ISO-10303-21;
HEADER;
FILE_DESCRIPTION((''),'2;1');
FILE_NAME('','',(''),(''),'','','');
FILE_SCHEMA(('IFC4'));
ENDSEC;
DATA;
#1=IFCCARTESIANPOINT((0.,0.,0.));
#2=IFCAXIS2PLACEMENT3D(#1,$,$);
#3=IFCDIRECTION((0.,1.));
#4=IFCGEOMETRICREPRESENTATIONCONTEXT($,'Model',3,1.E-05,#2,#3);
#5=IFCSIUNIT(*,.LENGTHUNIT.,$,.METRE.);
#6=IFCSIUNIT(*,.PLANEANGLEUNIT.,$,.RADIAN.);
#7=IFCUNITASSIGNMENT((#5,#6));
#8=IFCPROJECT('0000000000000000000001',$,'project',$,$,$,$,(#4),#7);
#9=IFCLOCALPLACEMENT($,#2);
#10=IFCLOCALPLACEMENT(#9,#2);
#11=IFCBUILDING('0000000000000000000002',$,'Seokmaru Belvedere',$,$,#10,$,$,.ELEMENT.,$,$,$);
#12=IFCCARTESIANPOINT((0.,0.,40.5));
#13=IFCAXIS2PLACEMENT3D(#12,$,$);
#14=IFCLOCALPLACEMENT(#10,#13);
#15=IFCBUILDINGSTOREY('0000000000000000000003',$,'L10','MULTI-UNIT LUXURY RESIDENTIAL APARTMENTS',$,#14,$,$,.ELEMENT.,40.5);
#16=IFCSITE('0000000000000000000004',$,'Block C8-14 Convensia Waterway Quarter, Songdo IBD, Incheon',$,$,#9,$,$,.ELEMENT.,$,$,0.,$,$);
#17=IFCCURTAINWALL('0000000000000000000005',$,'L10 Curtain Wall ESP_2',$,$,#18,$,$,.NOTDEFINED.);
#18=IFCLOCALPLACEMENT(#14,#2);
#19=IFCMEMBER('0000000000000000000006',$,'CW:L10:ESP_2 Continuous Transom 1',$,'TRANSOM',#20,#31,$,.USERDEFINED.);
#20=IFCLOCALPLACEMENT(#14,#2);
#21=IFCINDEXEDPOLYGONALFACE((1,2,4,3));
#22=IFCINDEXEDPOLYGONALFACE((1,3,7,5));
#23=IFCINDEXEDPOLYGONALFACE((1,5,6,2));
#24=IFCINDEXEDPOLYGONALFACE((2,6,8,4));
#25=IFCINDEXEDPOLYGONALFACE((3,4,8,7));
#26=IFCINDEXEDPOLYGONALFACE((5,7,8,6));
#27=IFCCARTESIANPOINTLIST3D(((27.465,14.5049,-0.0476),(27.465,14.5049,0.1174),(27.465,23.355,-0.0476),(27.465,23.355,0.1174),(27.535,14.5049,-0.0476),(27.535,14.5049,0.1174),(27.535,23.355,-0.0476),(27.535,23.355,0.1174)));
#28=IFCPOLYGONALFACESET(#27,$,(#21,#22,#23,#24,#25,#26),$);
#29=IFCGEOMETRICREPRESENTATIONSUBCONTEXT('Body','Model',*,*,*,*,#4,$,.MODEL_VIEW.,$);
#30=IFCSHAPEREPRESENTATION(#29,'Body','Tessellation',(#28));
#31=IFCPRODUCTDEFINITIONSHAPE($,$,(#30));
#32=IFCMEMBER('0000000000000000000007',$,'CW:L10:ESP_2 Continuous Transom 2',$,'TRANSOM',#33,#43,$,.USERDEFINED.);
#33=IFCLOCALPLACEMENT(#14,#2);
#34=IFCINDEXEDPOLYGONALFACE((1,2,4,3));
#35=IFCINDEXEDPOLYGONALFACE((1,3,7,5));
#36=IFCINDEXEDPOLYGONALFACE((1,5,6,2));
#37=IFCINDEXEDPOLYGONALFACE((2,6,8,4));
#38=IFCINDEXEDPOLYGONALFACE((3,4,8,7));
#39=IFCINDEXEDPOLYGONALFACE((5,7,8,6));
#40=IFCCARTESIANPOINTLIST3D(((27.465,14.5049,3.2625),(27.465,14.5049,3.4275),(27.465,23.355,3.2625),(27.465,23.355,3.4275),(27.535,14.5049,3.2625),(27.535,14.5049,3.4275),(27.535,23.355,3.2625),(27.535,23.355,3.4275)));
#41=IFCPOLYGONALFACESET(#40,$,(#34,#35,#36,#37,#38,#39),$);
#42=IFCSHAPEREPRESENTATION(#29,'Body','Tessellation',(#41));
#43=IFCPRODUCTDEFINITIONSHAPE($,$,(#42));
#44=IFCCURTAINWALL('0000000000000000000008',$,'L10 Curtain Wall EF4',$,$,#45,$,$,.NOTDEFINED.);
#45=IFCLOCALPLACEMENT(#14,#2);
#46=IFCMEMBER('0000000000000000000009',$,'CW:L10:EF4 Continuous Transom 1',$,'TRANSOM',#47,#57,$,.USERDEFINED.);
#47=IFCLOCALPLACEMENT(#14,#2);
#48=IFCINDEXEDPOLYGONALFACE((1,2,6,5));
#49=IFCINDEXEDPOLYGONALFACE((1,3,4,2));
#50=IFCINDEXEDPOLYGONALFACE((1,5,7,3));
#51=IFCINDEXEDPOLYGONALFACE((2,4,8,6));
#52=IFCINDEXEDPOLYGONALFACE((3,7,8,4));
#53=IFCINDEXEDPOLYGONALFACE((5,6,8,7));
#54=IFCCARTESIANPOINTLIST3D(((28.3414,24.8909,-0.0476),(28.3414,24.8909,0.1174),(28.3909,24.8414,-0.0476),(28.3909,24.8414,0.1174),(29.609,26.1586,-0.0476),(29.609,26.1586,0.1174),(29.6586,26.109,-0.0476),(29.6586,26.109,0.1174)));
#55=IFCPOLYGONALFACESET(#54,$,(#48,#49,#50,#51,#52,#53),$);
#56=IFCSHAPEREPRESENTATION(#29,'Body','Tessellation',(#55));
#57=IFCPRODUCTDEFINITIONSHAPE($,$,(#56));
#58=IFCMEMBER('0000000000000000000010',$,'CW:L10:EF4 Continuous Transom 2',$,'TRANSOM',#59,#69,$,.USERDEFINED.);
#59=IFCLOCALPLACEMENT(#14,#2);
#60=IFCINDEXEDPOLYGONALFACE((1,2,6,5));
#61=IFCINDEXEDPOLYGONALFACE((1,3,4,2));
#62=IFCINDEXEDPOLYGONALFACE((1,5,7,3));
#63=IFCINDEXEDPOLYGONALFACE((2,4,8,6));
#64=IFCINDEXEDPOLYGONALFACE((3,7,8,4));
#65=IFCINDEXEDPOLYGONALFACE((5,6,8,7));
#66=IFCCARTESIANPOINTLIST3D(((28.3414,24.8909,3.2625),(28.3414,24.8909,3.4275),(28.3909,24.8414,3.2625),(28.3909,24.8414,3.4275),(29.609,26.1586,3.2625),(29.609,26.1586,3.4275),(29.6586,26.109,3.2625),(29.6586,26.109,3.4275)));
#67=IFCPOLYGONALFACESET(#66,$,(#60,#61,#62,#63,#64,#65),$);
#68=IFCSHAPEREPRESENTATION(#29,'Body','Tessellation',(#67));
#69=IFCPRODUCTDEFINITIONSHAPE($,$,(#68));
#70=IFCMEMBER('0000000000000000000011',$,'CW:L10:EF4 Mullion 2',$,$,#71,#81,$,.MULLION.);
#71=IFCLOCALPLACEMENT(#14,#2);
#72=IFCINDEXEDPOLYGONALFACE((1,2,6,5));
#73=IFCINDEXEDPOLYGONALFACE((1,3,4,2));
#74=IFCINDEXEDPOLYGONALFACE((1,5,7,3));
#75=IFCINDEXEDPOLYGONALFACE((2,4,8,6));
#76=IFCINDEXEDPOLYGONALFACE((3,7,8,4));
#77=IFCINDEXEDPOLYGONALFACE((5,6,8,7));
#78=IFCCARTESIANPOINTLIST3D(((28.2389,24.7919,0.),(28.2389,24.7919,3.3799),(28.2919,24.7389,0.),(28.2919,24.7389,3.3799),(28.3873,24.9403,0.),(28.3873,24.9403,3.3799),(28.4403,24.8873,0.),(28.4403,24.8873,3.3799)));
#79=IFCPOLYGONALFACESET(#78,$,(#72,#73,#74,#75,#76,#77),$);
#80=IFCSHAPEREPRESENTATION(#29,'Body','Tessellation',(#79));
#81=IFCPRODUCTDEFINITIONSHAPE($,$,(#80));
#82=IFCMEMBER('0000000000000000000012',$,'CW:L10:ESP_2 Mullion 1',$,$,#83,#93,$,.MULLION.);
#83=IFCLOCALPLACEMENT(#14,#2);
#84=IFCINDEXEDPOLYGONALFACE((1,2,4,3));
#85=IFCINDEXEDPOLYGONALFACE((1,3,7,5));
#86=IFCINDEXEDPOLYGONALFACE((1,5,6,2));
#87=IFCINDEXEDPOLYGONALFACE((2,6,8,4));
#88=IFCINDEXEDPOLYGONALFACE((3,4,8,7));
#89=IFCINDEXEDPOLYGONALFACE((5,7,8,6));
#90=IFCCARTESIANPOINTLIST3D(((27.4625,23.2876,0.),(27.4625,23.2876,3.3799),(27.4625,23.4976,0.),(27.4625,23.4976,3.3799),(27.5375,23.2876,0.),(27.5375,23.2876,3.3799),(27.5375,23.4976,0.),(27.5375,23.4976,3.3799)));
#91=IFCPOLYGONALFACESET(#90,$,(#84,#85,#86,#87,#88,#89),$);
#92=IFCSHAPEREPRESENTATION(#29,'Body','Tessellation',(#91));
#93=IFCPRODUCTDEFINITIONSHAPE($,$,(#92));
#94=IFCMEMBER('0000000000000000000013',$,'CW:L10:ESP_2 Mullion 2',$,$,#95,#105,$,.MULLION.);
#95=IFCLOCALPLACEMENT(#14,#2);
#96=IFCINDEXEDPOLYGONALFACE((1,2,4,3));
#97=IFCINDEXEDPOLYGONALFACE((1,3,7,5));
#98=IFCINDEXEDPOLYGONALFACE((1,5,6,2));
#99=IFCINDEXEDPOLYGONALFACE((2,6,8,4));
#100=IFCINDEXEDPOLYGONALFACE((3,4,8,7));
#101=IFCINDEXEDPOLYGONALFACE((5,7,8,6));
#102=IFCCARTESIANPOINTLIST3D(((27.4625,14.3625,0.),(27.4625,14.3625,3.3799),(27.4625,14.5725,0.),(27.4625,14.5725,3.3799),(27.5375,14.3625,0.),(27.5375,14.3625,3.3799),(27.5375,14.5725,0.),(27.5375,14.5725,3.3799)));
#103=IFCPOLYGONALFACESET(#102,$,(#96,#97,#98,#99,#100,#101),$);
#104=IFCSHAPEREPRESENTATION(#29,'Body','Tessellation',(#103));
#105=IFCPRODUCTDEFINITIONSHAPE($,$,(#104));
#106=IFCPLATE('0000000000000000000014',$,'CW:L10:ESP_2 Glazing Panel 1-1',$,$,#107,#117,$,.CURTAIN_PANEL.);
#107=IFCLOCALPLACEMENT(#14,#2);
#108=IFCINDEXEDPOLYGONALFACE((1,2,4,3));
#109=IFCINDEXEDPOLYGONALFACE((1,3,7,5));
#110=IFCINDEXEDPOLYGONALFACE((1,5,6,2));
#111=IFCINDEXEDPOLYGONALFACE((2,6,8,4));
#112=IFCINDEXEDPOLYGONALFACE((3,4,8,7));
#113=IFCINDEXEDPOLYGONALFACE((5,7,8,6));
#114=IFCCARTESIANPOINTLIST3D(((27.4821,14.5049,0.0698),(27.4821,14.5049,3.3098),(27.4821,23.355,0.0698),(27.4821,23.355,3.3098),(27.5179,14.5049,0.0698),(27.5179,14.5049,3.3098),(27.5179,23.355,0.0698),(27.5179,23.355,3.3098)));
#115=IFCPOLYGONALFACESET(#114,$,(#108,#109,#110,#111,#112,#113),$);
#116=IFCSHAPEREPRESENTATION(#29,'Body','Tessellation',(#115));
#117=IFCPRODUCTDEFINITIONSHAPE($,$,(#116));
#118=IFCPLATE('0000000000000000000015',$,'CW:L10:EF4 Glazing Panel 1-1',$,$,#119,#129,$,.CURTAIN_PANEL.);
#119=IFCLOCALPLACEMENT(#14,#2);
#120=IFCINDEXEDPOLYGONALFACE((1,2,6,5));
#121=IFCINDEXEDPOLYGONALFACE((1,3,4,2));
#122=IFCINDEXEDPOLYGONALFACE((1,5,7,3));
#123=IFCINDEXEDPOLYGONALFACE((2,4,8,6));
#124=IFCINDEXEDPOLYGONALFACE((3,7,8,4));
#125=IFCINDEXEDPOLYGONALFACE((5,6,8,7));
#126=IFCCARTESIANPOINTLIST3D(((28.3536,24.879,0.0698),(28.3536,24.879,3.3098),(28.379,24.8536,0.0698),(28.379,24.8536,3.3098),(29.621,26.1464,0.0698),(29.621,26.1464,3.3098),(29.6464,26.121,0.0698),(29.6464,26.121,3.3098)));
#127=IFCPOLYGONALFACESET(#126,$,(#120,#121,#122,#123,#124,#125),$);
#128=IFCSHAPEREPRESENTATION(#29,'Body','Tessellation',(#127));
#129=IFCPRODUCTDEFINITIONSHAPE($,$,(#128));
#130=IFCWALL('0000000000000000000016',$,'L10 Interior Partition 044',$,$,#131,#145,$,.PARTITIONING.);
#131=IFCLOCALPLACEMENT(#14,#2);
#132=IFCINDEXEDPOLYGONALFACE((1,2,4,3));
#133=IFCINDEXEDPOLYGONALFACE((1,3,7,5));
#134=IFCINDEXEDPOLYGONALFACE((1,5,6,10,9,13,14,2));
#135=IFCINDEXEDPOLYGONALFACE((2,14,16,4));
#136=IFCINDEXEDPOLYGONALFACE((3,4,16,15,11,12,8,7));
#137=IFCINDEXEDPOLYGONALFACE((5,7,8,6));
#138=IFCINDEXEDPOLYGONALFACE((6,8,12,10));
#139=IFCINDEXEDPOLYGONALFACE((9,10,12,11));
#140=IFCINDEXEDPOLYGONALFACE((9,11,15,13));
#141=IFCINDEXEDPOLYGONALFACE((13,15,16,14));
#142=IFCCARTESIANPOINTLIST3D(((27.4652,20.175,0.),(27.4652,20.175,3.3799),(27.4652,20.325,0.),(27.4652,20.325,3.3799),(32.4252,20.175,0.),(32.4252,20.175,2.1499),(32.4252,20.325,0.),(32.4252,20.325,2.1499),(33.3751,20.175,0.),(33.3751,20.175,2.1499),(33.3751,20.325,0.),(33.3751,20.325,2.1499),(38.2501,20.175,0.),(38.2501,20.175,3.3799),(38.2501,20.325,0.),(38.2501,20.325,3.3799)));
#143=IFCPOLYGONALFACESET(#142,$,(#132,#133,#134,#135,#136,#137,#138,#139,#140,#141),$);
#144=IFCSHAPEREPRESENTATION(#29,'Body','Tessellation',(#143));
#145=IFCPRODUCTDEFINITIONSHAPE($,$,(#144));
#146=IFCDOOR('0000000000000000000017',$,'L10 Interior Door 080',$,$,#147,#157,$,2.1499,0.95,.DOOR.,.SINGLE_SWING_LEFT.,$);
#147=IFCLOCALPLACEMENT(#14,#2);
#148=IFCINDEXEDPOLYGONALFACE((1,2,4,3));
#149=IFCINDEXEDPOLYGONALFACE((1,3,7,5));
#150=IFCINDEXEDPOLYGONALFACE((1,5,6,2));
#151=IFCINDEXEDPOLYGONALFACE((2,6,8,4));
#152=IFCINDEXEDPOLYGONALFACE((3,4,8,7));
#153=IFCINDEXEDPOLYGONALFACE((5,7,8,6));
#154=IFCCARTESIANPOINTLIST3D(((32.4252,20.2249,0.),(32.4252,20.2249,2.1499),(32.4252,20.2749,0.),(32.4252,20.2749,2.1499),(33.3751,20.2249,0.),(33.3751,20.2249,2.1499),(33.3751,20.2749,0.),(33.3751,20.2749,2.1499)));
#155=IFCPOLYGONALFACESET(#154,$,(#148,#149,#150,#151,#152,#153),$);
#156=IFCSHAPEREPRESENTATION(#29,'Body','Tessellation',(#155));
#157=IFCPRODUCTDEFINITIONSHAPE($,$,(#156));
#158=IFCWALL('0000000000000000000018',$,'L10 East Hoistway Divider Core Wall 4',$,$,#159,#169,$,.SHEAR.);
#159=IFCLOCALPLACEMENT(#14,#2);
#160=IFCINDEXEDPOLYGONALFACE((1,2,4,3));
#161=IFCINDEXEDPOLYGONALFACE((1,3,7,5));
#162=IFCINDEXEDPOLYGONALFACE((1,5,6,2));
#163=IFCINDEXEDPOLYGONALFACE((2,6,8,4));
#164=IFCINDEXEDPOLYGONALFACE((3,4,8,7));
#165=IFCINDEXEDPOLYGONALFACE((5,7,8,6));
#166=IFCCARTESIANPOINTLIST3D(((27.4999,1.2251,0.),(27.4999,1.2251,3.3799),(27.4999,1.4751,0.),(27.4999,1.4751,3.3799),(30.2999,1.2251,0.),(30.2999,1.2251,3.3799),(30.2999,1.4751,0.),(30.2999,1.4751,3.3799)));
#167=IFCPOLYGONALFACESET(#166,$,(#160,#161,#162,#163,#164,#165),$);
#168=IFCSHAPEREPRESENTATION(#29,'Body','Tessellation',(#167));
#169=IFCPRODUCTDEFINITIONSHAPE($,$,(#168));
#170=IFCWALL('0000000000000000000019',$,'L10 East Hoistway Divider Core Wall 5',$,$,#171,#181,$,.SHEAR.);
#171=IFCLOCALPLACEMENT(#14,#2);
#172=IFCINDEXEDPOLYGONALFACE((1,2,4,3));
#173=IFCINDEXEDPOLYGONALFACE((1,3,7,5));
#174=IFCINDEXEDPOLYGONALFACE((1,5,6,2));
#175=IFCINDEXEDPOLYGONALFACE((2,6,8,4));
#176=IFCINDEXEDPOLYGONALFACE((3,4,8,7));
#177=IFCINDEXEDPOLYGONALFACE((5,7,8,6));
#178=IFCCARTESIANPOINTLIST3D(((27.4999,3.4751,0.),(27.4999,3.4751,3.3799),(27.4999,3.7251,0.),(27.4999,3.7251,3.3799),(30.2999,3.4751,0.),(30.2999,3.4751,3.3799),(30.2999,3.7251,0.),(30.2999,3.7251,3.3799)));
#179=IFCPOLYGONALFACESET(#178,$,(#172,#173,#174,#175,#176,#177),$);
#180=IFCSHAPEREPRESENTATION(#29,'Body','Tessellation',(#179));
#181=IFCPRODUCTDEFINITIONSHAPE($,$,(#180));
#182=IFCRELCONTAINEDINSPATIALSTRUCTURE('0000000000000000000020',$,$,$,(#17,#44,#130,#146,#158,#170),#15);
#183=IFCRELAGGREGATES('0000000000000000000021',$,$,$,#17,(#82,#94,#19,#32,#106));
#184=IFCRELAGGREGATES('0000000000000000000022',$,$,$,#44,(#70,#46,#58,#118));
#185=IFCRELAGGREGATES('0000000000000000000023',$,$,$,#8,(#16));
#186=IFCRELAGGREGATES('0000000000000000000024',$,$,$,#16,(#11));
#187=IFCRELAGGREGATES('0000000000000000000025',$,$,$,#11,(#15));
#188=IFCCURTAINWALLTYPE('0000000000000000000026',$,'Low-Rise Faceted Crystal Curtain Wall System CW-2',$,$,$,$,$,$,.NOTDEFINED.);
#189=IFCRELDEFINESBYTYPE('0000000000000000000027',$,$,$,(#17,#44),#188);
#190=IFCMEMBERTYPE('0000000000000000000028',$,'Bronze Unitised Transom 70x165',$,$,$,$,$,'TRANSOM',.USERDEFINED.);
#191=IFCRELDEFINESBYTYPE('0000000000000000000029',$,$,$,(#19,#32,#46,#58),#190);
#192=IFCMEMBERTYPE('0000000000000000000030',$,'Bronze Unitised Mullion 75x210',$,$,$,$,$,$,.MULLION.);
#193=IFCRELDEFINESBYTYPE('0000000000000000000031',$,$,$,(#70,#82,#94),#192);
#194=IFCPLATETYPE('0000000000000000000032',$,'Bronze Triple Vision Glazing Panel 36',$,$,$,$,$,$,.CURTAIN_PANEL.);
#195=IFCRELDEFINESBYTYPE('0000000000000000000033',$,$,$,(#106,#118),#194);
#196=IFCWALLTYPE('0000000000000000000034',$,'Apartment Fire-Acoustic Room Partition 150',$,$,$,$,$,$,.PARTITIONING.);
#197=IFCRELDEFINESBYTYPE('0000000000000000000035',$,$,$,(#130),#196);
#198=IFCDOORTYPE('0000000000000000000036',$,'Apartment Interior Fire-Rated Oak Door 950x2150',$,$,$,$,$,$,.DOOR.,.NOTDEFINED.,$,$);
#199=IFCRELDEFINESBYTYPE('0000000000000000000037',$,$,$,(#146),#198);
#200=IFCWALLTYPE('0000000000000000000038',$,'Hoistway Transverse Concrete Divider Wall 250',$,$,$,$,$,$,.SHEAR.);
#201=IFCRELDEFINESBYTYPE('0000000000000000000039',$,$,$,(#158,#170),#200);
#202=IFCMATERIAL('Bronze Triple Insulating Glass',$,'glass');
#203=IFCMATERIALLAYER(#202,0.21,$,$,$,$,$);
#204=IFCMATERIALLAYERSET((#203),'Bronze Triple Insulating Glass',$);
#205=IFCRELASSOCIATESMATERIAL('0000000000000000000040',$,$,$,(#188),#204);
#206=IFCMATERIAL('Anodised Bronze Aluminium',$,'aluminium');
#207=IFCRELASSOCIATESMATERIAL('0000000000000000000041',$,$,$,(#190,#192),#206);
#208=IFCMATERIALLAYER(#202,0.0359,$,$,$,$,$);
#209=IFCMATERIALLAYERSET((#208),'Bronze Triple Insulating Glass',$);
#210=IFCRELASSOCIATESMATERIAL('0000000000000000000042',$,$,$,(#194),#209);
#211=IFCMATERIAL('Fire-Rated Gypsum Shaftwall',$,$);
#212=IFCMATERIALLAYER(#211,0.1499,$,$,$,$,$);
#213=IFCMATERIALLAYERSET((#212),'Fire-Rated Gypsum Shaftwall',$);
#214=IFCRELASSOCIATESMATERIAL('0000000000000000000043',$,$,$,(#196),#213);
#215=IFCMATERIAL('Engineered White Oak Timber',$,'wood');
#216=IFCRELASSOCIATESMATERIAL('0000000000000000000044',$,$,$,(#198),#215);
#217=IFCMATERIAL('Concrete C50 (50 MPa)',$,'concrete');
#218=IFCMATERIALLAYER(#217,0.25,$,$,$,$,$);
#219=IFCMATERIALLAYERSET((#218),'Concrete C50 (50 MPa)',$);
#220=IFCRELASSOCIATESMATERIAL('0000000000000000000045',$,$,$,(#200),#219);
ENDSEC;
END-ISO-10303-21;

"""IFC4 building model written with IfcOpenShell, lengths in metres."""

from ifc_helpers import new_model, si_unit, direction, frame, frame_2d, origin, origin_2d, place, context, subcontext, project, spatial, rectangle, extrude, source, transform, mapped, material, layer, layer_set, material_profile, profile_set, type_object, type_shapes, element, fill, aggregate, save


model = new_model("IFC4")

# Units and contexts
model_context = context("Model", 3, precision=1e-05, world=origin(), true_north=direction((0.0, 1.0)))
body_context = subcontext(model_context, "Body", "Model", "MODEL_VIEW")
ifc_project = project(units=[si_unit("LENGTHUNIT", "METRE"), si_unit("PLANEANGLEUNIT", "RADIAN")], contexts=[model_context])

# Site, building, storey
site_placement = place(None, origin())
site = spatial("IfcSite", under=ifc_project, at=site_placement, Name="Block C8-14 Convensia Waterway Quarter, Songdo IBD, Incheon", CompositionType="ELEMENT", RefElevation=0.0)
building_placement = place(site_placement, origin())
building = spatial("IfcBuilding", under=site, at=building_placement, Name="Seokmaru Belvedere", CompositionType="ELEMENT")
storey_placement = place(building_placement, frame((0.0, 0.0, 40.5)))
storey = spatial("IfcBuildingStorey", under=building, at=storey_placement, Name="L10", Description="MULTI-UNIT LUXURY RESIDENTIAL APARTMENTS", CompositionType="ELEMENT", Elevation=40.5)

# Curtain walls, members
ifc_material_1 = material(Name="Bronze Triple Insulating Glass", Category="glass")
ifc_layer_1 = layer(ifc_material_1, 0.21)
ifc_layer_set_1 = layer_set([ifc_layer_1], Name="Bronze Triple Insulating Glass")
curtain_wall_type = type_object("IfcCurtainWallType", Name="Low-Rise Faceted Crystal Curtain Wall System CW-2", PredefinedType="NOTDEFINED", material=ifc_layer_set_1)
curtain_wall_1_placement = place(storey_placement, origin())
curtain_wall_1 = element("IfcCurtainWall", 1, at=curtain_wall_1_placement, inside=storey, type_object=curtain_wall_type, Name="L10 Curtain Wall ESP_2", PredefinedType="NOTDEFINED")
ifc_material_2 = material(Name="Anodised Bronze Aluminium", Category="aluminium")
ifc_material_profile_1 = material_profile(ifc_material_2, rectangle(XDim=0.0701, YDim=0.165, at=origin_2d()), Name="CW-T-70x165")
ifc_profile_set_1 = profile_set([ifc_material_profile_1], Name="Anodised Bronze Aluminium")
member_type_1 = type_object("IfcMemberType", Name="Bronze Unitised Transom 70x165", ElementType="TRANSOM", PredefinedType="USERDEFINED", material=ifc_profile_set_1)
shared_shape_1 = source(origin(), body_context, "Body", "SweptSolid", [
    extrude(rectangle(XDim=0.0701, YDim=0.165, at=origin_2d()), origin(), (0.0, 0.0, 1.0), 8.8501),
])
member_1_placement = place(storey_placement, frame((27.5, 23.355, 0.0349), z_axis=(0.0, -1.0, 0.0), x_axis=(1.0, 0.0, 0.0)))
member_1 = element("IfcMember", 2, at=member_1_placement, type_object=member_type_1, Name="CW:L10:ESP_2 Continuous Transom 1", ObjectType="TRANSOM", PredefinedType="USERDEFINED", context=body_context, shape_type="MappedRepresentation", body=[
    mapped(shared_shape_1, transform((0.0, 0.0, 0.0), scale=1.0)),
])
member_2_placement = place(storey_placement, frame((27.5, 23.355, 3.345), z_axis=(0.0, -1.0, 0.0), x_axis=(1.0, 0.0, 0.0)))
member_2 = element("IfcMember", 3, at=member_2_placement, type_object=member_type_1, Name="CW:L10:ESP_2 Continuous Transom 2", ObjectType="TRANSOM", PredefinedType="USERDEFINED", context=body_context, shape_type="MappedRepresentation", body=[
    mapped(shared_shape_1, transform((0.0, 0.0, 0.0), scale=1.0)),
])
curtain_wall_2_placement = place(storey_placement, origin())
curtain_wall_2 = element("IfcCurtainWall", 4, at=curtain_wall_2_placement, inside=storey, type_object=curtain_wall_type, Name="L10 Curtain Wall EF4", PredefinedType="NOTDEFINED")
shared_shape_2 = source(origin(), body_context, "Body", "SweptSolid", [
    extrude(rectangle(XDim=0.0701, YDim=0.165, at=origin_2d()), origin(), (0.0, 0.0, 1.0), 1.7927),
])
type_shapes(member_type_1, [shared_shape_1, shared_shape_2])
member_3_placement = place(storey_placement, frame((29.6338, 26.1338, 0.0349), z_axis=(-0.707107, -0.707107, 0.0), x_axis=(0.707107, -0.707107, 0.0)))
member_3 = element("IfcMember", 5, at=member_3_placement, type_object=member_type_1, Name="CW:L10:EF4 Continuous Transom 1", ObjectType="TRANSOM", PredefinedType="USERDEFINED", context=body_context, shape_type="MappedRepresentation", body=[
    mapped(shared_shape_2, transform((0.0, 0.0, 0.0), scale=1.0)),
])
member_4_placement = place(storey_placement, frame((29.6338, 26.1338, 3.345), z_axis=(-0.707107, -0.707107, 0.0), x_axis=(0.707107, -0.707107, 0.0)))
member_4 = element("IfcMember", 6, at=member_4_placement, type_object=member_type_1, Name="CW:L10:EF4 Continuous Transom 2", ObjectType="TRANSOM", PredefinedType="USERDEFINED", context=body_context, shape_type="MappedRepresentation", body=[
    mapped(shared_shape_2, transform((0.0, 0.0, 0.0), scale=1.0)),
])
ifc_material_profile_2 = material_profile(ifc_material_2, rectangle(XDim=0.075, YDim=0.21, at=origin_2d()), Name="CW-M-75x210")
ifc_profile_set_2 = profile_set([ifc_material_profile_2], Name="Anodised Bronze Aluminium")
member_type_2 = type_object("IfcMemberType", Name="Bronze Unitised Mullion 75x210", PredefinedType="MULLION", material=ifc_profile_set_2)
shared_shape_3 = source(origin(), body_context, "Body", "SweptSolid", [
    extrude(rectangle(XDim=0.075, YDim=0.21, at=origin_2d()), origin(), (0.0, 0.0, 1.0), 3.3799),
])
type_shapes(member_type_2, [shared_shape_3])
member_5_placement = place(storey_placement, frame((28.3396, 24.8396, 0.0), z_axis=(0.0, 0.0, 1.0), x_axis=(0.707107, -0.707107, 0.0)))
member_5 = element("IfcMember", 7, at=member_5_placement, type_object=member_type_2, Name="CW:L10:EF4 Mullion 2", PredefinedType="MULLION", context=body_context, shape_type="MappedRepresentation", body=[
    mapped(shared_shape_3, transform((0.0, 0.0, 0.0), scale=1.0)),
])

# Members
member_6_placement = place(storey_placement, frame((27.5, 23.3926, 0.0), z_axis=(0.0, 0.0, 1.0), x_axis=(1.0, 0.0, 0.0)))
member_6 = element("IfcMember", 8, at=member_6_placement, type_object=member_type_2, Name="CW:L10:ESP_2 Mullion 1", PredefinedType="MULLION", context=body_context, shape_type="MappedRepresentation", body=[
    mapped(shared_shape_3, transform((0.0, 0.0, 0.0), scale=1.0)),
])
member_7_placement = place(storey_placement, frame((27.5, 14.4675, 0.0), z_axis=(0.0, 0.0, 1.0), x_axis=(1.0, 0.0, 0.0)))
member_7 = element("IfcMember", 9, at=member_7_placement, type_object=member_type_2, Name="CW:L10:ESP_2 Mullion 2", PredefinedType="MULLION", context=body_context, shape_type="MappedRepresentation", body=[
    mapped(shared_shape_3, transform((0.0, 0.0, 0.0), scale=1.0)),
])

# Plates
ifc_layer_2 = layer(ifc_material_1, 0.0359)
ifc_layer_set_2 = layer_set([ifc_layer_2], Name="Bronze Triple Insulating Glass")
plate_type = type_object("IfcPlateType", Name="Bronze Triple Vision Glazing Panel 36", PredefinedType="CURTAIN_PANEL", material=ifc_layer_set_2)
shared_shape_4 = source(origin(), body_context, "Body", "SweptSolid", [
    extrude(rectangle(XDim=8.8501, YDim=0.0359, at=origin_2d()), origin(), (0.0, 0.0, 1.0), 3.24),
])
plate_1_placement = place(storey_placement, frame((27.5, 18.9299, 0.0698), z_axis=(0.0, 0.0, 1.0), x_axis=(0.0, -1.0, 0.0)))
plate_1 = element("IfcPlate", 10, at=plate_1_placement, type_object=plate_type, Name="CW:L10:ESP_2 Glazing Panel 1-1", PredefinedType="CURTAIN_PANEL", context=body_context, shape_type="MappedRepresentation", body=[
    mapped(shared_shape_4, transform((0.0, 0.0, 0.0), scale=1.0)),
])
aggregate(curtain_wall_1, [member_6, member_7, member_1, member_2, plate_1])
shared_shape_5 = source(origin(), body_context, "Body", "SweptSolid", [
    extrude(rectangle(XDim=1.7925, YDim=0.0359, at=origin_2d()), origin(), (0.0, 0.0, 1.0), 3.24),
])
type_shapes(plate_type, [shared_shape_4, shared_shape_5])
plate_2_placement = place(storey_placement, frame((29.0, 25.5, 0.0698), z_axis=(0.0, 0.0, 1.0), x_axis=(-0.707107, -0.707107, 0.0)))
plate_2 = element("IfcPlate", 11, at=plate_2_placement, type_object=plate_type, Name="CW:L10:EF4 Glazing Panel 1-1", PredefinedType="CURTAIN_PANEL", context=body_context, shape_type="MappedRepresentation", body=[
    mapped(shared_shape_5, transform((0.0, 0.0, 0.0), scale=1.0)),
])
aggregate(curtain_wall_2, [member_5, member_3, member_4, plate_2])

# Wall, opening, door
ifc_material_3 = material(Name="Fire-Rated Gypsum Shaftwall")
ifc_layer_3 = layer(ifc_material_3, 0.1499)
ifc_layer_set_3 = layer_set([ifc_layer_3], Name="Fire-Rated Gypsum Shaftwall")
wall_type_1 = type_object("IfcWallType", Name="Apartment Fire-Acoustic Room Partition 150", PredefinedType="PARTITIONING", material=ifc_layer_set_3)
wall_1_placement = place(storey_placement, frame((27.4651, 20.25, 0.0), z_axis=(0.0, 0.0, 1.0), x_axis=(1.0, 0.0, 0.0)))
wall_1 = element("IfcWall", 12, at=wall_1_placement, inside=storey, type_object=wall_type_1, Name="L10 Interior Partition 044", PredefinedType="PARTITIONING", context=body_context, shape_type="SweptSolid", body=[
    extrude(rectangle(XDim=10.7849, YDim=0.1499, at=frame_2d((5.3926, 0.0))), origin(), (0.0, 0.0, 1.0), 3.3799),
])
opening_1_placement = place(wall_1_placement, frame((4.96, 0.0, 0.0)))
opening_1 = element("IfcOpeningElement", 13, at=opening_1_placement, cuts=wall_1, PredefinedType="OPENING", context=body_context, shape_type="SweptSolid", body=[
    extrude(rectangle(XDim=0.95, YDim=2.1499, at=frame_2d((0.4751, 1.075))), frame((0.0, 0.085, 0.0), z_axis=(0.0, -1.0, 0.0), x_axis=(1.0, 0.0, 0.0)), (0.0, 0.0, 1.0), 0.1699),
])
ifc_material_4 = material(Name="Engineered White Oak Timber", Category="wood")
door_type_1 = type_object("IfcDoorType", Name="Apartment Interior Fire-Rated Oak Door 950x2150", OperationType="NOTDEFINED", PredefinedType="DOOR", material=ifc_material_4)
shared_shape_6 = source(origin(), body_context, "Body", "SweptSolid", [
    extrude(rectangle(XDim=0.95, YDim=2.1499, at=frame_2d((0.4751, 1.075))), frame((0.0, 0.0249, 0.0), z_axis=(0.0, -1.0, 0.0), x_axis=(1.0, 0.0, 0.0)), (0.0, 0.0, 1.0), 0.05),
])
type_shapes(door_type_1, [shared_shape_6])
door_1_placement = place(opening_1_placement, origin())
door_1 = element("IfcDoor", 14, at=door_1_placement, inside=storey, type_object=door_type_1, Name="L10 Interior Door 080", OperationType="SINGLE_SWING_LEFT", OverallHeight=2.1499, OverallWidth=0.95, PredefinedType="DOOR", context=body_context, shape_type="MappedRepresentation", body=[
    mapped(shared_shape_6, transform((0.0, 0.0, 0.0), scale=1.0)),
])
fill(opening_1, door_1)

# Walls
ifc_material_5 = material(Name="Concrete C50 (50 MPa)", Category="concrete")
ifc_layer_4 = layer(ifc_material_5, 0.25)
ifc_layer_set_4 = layer_set([ifc_layer_4], Name="Concrete C50 (50 MPa)")
wall_type_2 = type_object("IfcWallType", Name="Hoistway Transverse Concrete Divider Wall 250", PredefinedType="SHEAR", material=ifc_layer_set_4)
for number, where, z_axis, x_axis, name in (
    (15, (27.5, 1.3501, 0.0), (0.0, 0.0, 1.0), (1.0, 0.0, 0.0), "L10 East Hoistway Divider Core Wall 4"),
    (16, (27.5, 3.6001, 0.0), (0.0, 0.0, 1.0), (1.0, 0.0, 0.0), "L10 East Hoistway Divider Core Wall 5"),
):
    element("IfcWall", number, at=place(storey_placement, frame(where, z_axis=z_axis, x_axis=x_axis)), inside=storey, type_object=wall_type_2, Name=name, PredefinedType="SHEAR", context=body_context, shape_type="SweptSolid", body=[
        extrude(rectangle(XDim=2.8, YDim=0.25, at=frame_2d((1.3999, 0.0))), origin(), (0.0, 0.0, 1.0), 3.3799),
    ])

save(model, "model.ifc")
